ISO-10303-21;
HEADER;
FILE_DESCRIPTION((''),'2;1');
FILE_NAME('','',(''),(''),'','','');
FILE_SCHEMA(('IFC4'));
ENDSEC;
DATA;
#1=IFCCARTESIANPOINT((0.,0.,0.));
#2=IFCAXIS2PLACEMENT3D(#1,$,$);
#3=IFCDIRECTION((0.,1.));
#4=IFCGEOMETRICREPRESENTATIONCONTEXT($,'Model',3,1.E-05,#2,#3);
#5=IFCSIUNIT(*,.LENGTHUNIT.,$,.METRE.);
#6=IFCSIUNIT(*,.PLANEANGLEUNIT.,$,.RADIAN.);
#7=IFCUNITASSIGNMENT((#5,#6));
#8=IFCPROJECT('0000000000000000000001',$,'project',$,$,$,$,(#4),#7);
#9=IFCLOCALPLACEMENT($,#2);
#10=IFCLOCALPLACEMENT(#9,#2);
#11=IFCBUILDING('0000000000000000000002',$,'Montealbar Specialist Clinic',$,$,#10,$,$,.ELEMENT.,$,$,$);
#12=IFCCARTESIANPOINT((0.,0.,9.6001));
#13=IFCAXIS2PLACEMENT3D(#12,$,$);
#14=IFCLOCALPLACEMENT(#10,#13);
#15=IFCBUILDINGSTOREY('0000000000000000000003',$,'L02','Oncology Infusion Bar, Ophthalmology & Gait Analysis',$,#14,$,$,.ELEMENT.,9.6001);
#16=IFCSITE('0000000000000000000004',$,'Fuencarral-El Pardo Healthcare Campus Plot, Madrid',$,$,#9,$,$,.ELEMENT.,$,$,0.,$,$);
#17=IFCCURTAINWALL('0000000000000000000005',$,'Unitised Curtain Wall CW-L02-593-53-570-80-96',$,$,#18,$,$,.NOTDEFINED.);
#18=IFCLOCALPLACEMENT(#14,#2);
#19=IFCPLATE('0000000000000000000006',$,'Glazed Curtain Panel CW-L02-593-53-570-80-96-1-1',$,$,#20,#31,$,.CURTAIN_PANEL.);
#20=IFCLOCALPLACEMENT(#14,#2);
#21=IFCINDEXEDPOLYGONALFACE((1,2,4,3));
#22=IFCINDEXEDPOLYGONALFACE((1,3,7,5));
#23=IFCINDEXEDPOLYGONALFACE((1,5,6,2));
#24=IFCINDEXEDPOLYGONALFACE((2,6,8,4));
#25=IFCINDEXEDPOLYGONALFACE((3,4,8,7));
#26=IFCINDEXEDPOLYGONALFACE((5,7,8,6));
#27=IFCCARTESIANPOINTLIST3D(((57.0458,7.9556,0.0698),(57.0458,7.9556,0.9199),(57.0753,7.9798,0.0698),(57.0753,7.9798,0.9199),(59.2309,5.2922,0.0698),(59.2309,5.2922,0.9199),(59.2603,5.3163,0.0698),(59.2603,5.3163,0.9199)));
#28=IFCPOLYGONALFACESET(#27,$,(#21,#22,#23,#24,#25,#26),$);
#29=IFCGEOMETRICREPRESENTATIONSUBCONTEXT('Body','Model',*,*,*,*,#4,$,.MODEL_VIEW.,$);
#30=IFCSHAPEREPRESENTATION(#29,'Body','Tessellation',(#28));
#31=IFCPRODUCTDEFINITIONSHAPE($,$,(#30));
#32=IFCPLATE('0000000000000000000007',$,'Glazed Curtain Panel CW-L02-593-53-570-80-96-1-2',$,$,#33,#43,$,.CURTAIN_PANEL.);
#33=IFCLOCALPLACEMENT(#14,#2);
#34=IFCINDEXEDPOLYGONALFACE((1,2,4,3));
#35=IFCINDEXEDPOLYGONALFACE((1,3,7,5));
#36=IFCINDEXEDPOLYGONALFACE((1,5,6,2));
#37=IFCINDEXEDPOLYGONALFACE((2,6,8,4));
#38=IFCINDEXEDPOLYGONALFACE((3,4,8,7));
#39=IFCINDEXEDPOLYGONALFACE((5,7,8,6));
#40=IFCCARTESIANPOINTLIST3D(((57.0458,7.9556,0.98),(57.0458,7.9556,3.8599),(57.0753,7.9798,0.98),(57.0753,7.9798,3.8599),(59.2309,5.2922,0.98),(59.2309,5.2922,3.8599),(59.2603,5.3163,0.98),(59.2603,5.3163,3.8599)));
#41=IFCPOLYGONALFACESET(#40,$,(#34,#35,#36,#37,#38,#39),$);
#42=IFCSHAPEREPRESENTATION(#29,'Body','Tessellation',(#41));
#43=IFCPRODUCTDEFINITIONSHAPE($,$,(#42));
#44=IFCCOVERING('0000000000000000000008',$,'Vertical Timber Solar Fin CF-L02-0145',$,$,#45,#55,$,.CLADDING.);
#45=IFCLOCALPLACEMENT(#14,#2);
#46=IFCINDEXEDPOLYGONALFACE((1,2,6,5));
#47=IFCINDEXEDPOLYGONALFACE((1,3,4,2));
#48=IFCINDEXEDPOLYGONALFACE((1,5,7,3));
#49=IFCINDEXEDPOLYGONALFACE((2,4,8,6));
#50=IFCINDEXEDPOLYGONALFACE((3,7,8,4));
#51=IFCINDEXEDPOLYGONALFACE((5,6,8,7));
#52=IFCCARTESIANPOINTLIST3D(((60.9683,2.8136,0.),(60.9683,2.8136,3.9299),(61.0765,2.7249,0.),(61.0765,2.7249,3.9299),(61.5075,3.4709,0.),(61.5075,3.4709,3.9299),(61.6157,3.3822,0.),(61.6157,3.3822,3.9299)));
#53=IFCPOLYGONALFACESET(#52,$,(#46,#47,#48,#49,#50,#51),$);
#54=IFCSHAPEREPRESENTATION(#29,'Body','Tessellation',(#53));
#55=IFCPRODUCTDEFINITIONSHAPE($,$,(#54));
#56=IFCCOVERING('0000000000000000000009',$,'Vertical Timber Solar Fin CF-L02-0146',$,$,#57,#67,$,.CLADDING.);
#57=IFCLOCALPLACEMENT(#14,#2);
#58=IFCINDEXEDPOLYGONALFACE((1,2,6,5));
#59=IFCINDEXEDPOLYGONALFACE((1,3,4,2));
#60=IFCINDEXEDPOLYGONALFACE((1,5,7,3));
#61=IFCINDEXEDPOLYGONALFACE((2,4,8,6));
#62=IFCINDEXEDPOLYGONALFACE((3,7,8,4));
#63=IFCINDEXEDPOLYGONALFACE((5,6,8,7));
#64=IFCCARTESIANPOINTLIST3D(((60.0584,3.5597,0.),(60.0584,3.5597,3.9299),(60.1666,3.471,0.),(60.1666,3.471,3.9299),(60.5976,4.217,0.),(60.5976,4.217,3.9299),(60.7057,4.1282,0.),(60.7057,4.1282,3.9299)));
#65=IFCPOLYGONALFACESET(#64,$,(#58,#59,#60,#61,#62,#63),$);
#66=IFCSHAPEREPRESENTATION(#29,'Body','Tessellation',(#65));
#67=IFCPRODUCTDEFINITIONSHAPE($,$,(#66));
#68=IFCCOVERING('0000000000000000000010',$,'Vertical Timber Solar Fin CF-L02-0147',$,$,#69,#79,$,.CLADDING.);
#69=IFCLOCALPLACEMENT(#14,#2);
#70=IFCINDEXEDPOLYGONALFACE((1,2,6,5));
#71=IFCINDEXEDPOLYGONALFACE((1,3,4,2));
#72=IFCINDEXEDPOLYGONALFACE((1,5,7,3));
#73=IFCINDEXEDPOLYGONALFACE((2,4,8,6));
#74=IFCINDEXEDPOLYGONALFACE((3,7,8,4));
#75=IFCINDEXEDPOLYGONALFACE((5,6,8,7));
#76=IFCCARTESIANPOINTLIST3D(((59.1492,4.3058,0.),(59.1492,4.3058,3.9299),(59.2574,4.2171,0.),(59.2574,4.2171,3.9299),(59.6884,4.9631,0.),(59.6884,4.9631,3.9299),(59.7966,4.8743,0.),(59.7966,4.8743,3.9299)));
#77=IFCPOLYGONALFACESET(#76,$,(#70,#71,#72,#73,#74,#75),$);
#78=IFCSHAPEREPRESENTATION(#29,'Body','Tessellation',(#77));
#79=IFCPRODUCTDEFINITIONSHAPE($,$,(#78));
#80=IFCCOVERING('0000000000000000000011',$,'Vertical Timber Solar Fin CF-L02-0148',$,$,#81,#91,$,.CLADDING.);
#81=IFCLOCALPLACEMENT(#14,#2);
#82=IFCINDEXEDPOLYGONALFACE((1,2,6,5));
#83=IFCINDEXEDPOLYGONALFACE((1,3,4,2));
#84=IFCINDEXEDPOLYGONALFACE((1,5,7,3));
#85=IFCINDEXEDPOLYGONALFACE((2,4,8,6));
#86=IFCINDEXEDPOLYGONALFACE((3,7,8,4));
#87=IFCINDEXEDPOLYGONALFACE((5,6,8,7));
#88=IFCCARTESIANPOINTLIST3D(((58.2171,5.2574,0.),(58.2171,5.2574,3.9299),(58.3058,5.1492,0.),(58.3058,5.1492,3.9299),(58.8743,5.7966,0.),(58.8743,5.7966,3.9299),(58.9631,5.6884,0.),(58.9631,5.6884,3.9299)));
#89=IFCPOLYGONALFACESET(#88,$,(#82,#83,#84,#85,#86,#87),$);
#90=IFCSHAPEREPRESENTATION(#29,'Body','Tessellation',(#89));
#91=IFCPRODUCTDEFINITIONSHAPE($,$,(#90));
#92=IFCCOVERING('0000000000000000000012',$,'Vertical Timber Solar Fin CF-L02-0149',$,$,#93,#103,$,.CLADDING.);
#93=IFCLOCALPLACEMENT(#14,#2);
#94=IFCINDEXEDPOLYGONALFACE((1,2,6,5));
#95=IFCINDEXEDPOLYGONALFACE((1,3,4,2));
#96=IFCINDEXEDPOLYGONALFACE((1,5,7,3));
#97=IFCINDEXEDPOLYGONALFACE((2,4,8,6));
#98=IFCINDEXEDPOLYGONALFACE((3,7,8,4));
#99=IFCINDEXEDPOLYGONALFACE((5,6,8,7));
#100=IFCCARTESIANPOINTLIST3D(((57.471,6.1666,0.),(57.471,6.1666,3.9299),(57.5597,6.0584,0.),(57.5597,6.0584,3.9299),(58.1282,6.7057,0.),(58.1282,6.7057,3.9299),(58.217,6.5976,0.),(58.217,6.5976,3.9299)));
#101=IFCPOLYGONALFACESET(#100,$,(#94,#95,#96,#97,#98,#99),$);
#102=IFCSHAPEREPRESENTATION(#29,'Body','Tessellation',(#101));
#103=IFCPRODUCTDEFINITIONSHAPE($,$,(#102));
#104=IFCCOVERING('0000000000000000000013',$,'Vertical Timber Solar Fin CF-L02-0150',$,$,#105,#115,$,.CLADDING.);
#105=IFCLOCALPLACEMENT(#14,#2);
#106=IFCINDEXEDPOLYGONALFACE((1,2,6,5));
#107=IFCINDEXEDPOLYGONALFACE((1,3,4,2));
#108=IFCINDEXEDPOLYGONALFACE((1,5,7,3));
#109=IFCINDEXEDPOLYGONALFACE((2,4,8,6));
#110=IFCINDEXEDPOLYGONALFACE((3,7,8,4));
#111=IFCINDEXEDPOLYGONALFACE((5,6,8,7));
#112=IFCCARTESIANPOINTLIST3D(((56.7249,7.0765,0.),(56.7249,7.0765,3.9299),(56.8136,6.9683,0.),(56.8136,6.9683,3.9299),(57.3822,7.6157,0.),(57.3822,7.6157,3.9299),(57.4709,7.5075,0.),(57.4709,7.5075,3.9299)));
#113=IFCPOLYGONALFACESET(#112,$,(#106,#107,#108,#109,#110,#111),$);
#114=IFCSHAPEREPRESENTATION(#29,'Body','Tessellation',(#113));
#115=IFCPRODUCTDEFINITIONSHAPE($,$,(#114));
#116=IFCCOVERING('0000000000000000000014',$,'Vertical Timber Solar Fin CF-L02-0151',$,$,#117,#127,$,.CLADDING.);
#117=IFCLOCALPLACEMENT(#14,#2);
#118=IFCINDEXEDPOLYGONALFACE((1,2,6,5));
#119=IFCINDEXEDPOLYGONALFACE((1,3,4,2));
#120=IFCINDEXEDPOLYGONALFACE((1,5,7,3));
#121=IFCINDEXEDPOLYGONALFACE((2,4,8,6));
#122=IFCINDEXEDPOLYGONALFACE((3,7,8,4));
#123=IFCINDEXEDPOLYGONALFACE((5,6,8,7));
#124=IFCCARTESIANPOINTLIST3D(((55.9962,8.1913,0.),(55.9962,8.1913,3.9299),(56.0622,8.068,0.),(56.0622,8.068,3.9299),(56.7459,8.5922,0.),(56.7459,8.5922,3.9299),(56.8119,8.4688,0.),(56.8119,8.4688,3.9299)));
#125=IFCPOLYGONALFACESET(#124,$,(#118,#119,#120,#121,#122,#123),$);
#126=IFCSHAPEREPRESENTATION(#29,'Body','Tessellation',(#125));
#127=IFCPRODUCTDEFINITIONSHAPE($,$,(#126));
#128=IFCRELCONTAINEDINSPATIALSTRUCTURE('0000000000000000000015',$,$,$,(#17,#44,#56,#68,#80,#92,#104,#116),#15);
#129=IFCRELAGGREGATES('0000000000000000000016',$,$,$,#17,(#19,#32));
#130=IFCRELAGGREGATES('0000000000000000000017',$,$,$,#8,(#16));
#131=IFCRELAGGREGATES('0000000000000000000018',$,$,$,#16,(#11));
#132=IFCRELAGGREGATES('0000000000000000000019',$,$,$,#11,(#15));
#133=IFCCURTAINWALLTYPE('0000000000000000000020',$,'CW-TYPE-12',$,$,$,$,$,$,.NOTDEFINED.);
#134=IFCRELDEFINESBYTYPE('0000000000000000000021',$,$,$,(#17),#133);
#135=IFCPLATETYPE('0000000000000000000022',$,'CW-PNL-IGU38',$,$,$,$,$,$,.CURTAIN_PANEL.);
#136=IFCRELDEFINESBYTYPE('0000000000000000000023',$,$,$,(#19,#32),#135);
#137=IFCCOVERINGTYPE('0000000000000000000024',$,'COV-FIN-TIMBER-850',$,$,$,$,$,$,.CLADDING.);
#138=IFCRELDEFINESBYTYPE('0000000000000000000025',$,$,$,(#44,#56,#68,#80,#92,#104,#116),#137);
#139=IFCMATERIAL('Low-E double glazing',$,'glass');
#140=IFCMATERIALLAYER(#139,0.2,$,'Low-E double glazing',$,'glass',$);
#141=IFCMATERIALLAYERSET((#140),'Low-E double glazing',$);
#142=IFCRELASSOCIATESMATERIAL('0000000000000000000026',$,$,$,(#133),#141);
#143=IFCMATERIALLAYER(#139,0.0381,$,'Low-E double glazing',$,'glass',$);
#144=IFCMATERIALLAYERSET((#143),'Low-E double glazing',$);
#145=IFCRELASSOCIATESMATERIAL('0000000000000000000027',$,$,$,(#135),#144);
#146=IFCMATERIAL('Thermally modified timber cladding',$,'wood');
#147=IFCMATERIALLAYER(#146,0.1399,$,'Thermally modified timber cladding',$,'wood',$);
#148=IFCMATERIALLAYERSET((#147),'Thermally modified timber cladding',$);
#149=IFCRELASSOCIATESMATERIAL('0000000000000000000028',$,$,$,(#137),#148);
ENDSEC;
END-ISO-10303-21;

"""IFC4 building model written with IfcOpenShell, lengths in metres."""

from ifc_helpers import new_model, si_unit, direction, frame, origin, origin_2d, place, context, subcontext, project, spatial, rectangle, extrude, material, layer, layer_set, type_object, element, aggregate, save


model = new_model("IFC4")

# Units and contexts
model_context = context("Model", 3, precision=1e-05, world=origin(), true_north=direction((0.0, 1.0)))
body_context = subcontext(model_context, "Body", "Model", "MODEL_VIEW")
ifc_project = project(units=[si_unit("LENGTHUNIT", "METRE"), si_unit("PLANEANGLEUNIT", "RADIAN")], contexts=[model_context])

# Site, building, storey
site_placement = place(None, origin())
site = spatial("IfcSite", under=ifc_project, at=site_placement, Name="Fuencarral-El Pardo Healthcare Campus Plot, Madrid", CompositionType="ELEMENT", RefElevation=0.0)
building_placement = place(site_placement, origin())
building = spatial("IfcBuilding", under=site, at=building_placement, Name="Montealbar Specialist Clinic", CompositionType="ELEMENT")
storey_placement = place(building_placement, frame((0.0, 0.0, 9.6001)))
storey = spatial("IfcBuildingStorey", under=building, at=storey_placement, Name="L02", Description="Oncology Infusion Bar, Ophthalmology & Gait Analysis", CompositionType="ELEMENT", Elevation=9.6001)

# Shared definitions
ifc_material_1 = material(Name="Low-E double glazing", Category="glass")
ifc_layer_1 = layer(ifc_material_1, 0.2, Name="Low-E double glazing", Category="glass")
ifc_layer_set_1 = layer_set([ifc_layer_1], Name="Low-E double glazing")
curtain_wall_type = type_object("IfcCurtainWallType", Name="CW-TYPE-12", PredefinedType="NOTDEFINED", material=ifc_layer_set_1)

# Curtain wall
curtain_wall_1_placement = place(storey_placement, origin())
curtain_wall_1 = element("IfcCurtainWall", 1, at=curtain_wall_1_placement, inside=storey, type_object=curtain_wall_type, Name="Unitised Curtain Wall CW-L02-593-53-570-80-96", PredefinedType="NOTDEFINED")

# Plates
ifc_layer_2 = layer(ifc_material_1, 0.0381, Name="Low-E double glazing", Category="glass")
ifc_layer_set_2 = layer_set([ifc_layer_2], Name="Low-E double glazing")
plate_type = type_object("IfcPlateType", Name="CW-PNL-IGU38", PredefinedType="CURTAIN_PANEL", material=ifc_layer_set_2)
plate_1_placement = place(storey_placement, frame((58.1531, 6.636, 0.0698), z_axis=(0.0, 0.0, 1.0), x_axis=(-0.634256, 0.773123, 0.0)))
plate_1 = element("IfcPlate", 2, at=plate_1_placement, type_object=plate_type, Name="Glazed Curtain Panel CW-L02-593-53-570-80-96-1-1", PredefinedType="CURTAIN_PANEL", context=body_context, shape_type="SweptSolid", body=[
    extrude(rectangle(XDim=3.4451, YDim=0.0381, at=origin_2d()), origin(), (0.0, 0.0, 1.0), 0.8501),
])
plate_2_placement = place(storey_placement, frame((58.1531, 6.636, 0.98), z_axis=(0.0, 0.0, 1.0), x_axis=(-0.634256, 0.773123, 0.0)))
plate_2 = element("IfcPlate", 3, at=plate_2_placement, type_object=plate_type, Name="Glazed Curtain Panel CW-L02-593-53-570-80-96-1-2", PredefinedType="CURTAIN_PANEL", context=body_context, shape_type="SweptSolid", body=[
    extrude(rectangle(XDim=3.4451, YDim=0.0381, at=origin_2d()), origin(), (0.0, 0.0, 1.0), 2.8799),
])
aggregate(curtain_wall_1, [plate_1, plate_2])

# Coverings
ifc_material_2 = material(Name="Thermally modified timber cladding", Category="wood")
ifc_layer_3 = layer(ifc_material_2, 0.1399, Name="Thermally modified timber cladding", Category="wood")
ifc_layer_set_3 = layer_set([ifc_layer_3], Name="Thermally modified timber cladding")
covering_type = type_object("IfcCoveringType", Name="COV-FIN-TIMBER-850", PredefinedType="CLADDING", material=ifc_layer_set_3)
for number, where, z_axis, x_axis, name in (
    (4, (61.292, 3.0979, 0.0), (0.0, 0.0, 1.0), (-0.634256, -0.773123, 0.0), "Vertical Timber Solar Fin CF-L02-0145"),
    (5, (60.3821, 3.844, 0.0), (0.0, 0.0, 1.0), (-0.634256, -0.773123, 0.0), "Vertical Timber Solar Fin CF-L02-0146"),
    (6, (59.4729, 4.5901, 0.0), (0.0, 0.0, 1.0), (-0.634256, -0.773123, 0.0), "Vertical Timber Solar Fin CF-L02-0147"),
    (7, (58.5901, 5.4729, 0.0), (0.0, 0.0, 1.0), (-0.773123, -0.634256, 0.0), "Vertical Timber Solar Fin CF-L02-0148"),
    (8, (57.844, 6.3821, 0.0), (0.0, 0.0, 1.0), (-0.773123, -0.634256, 0.0), "Vertical Timber Solar Fin CF-L02-0149"),
    (9, (57.0979, 7.292, 0.0), (0.0, 0.0, 1.0), (-0.773123, -0.634256, 0.0), "Vertical Timber Solar Fin CF-L02-0150"),
    (10, (56.4041, 8.3301, 0.0), (0.0, 0.0, 1.0), (-0.88185, -0.471529, 0.0), "Vertical Timber Solar Fin CF-L02-0151"),
):
    element("IfcCovering", number, at=place(storey_placement, frame(where, z_axis=z_axis, x_axis=x_axis)), inside=storey, type_object=covering_type, Name=name, PredefinedType="CLADDING", context=body_context, shape_type="SweptSolid", body=[
        extrude(rectangle(XDim=0.8501, YDim=0.1399, at=origin_2d()), origin(), (0.0, 0.0, 1.0), 3.9299),
    ])

save(model, "model.ifc")
